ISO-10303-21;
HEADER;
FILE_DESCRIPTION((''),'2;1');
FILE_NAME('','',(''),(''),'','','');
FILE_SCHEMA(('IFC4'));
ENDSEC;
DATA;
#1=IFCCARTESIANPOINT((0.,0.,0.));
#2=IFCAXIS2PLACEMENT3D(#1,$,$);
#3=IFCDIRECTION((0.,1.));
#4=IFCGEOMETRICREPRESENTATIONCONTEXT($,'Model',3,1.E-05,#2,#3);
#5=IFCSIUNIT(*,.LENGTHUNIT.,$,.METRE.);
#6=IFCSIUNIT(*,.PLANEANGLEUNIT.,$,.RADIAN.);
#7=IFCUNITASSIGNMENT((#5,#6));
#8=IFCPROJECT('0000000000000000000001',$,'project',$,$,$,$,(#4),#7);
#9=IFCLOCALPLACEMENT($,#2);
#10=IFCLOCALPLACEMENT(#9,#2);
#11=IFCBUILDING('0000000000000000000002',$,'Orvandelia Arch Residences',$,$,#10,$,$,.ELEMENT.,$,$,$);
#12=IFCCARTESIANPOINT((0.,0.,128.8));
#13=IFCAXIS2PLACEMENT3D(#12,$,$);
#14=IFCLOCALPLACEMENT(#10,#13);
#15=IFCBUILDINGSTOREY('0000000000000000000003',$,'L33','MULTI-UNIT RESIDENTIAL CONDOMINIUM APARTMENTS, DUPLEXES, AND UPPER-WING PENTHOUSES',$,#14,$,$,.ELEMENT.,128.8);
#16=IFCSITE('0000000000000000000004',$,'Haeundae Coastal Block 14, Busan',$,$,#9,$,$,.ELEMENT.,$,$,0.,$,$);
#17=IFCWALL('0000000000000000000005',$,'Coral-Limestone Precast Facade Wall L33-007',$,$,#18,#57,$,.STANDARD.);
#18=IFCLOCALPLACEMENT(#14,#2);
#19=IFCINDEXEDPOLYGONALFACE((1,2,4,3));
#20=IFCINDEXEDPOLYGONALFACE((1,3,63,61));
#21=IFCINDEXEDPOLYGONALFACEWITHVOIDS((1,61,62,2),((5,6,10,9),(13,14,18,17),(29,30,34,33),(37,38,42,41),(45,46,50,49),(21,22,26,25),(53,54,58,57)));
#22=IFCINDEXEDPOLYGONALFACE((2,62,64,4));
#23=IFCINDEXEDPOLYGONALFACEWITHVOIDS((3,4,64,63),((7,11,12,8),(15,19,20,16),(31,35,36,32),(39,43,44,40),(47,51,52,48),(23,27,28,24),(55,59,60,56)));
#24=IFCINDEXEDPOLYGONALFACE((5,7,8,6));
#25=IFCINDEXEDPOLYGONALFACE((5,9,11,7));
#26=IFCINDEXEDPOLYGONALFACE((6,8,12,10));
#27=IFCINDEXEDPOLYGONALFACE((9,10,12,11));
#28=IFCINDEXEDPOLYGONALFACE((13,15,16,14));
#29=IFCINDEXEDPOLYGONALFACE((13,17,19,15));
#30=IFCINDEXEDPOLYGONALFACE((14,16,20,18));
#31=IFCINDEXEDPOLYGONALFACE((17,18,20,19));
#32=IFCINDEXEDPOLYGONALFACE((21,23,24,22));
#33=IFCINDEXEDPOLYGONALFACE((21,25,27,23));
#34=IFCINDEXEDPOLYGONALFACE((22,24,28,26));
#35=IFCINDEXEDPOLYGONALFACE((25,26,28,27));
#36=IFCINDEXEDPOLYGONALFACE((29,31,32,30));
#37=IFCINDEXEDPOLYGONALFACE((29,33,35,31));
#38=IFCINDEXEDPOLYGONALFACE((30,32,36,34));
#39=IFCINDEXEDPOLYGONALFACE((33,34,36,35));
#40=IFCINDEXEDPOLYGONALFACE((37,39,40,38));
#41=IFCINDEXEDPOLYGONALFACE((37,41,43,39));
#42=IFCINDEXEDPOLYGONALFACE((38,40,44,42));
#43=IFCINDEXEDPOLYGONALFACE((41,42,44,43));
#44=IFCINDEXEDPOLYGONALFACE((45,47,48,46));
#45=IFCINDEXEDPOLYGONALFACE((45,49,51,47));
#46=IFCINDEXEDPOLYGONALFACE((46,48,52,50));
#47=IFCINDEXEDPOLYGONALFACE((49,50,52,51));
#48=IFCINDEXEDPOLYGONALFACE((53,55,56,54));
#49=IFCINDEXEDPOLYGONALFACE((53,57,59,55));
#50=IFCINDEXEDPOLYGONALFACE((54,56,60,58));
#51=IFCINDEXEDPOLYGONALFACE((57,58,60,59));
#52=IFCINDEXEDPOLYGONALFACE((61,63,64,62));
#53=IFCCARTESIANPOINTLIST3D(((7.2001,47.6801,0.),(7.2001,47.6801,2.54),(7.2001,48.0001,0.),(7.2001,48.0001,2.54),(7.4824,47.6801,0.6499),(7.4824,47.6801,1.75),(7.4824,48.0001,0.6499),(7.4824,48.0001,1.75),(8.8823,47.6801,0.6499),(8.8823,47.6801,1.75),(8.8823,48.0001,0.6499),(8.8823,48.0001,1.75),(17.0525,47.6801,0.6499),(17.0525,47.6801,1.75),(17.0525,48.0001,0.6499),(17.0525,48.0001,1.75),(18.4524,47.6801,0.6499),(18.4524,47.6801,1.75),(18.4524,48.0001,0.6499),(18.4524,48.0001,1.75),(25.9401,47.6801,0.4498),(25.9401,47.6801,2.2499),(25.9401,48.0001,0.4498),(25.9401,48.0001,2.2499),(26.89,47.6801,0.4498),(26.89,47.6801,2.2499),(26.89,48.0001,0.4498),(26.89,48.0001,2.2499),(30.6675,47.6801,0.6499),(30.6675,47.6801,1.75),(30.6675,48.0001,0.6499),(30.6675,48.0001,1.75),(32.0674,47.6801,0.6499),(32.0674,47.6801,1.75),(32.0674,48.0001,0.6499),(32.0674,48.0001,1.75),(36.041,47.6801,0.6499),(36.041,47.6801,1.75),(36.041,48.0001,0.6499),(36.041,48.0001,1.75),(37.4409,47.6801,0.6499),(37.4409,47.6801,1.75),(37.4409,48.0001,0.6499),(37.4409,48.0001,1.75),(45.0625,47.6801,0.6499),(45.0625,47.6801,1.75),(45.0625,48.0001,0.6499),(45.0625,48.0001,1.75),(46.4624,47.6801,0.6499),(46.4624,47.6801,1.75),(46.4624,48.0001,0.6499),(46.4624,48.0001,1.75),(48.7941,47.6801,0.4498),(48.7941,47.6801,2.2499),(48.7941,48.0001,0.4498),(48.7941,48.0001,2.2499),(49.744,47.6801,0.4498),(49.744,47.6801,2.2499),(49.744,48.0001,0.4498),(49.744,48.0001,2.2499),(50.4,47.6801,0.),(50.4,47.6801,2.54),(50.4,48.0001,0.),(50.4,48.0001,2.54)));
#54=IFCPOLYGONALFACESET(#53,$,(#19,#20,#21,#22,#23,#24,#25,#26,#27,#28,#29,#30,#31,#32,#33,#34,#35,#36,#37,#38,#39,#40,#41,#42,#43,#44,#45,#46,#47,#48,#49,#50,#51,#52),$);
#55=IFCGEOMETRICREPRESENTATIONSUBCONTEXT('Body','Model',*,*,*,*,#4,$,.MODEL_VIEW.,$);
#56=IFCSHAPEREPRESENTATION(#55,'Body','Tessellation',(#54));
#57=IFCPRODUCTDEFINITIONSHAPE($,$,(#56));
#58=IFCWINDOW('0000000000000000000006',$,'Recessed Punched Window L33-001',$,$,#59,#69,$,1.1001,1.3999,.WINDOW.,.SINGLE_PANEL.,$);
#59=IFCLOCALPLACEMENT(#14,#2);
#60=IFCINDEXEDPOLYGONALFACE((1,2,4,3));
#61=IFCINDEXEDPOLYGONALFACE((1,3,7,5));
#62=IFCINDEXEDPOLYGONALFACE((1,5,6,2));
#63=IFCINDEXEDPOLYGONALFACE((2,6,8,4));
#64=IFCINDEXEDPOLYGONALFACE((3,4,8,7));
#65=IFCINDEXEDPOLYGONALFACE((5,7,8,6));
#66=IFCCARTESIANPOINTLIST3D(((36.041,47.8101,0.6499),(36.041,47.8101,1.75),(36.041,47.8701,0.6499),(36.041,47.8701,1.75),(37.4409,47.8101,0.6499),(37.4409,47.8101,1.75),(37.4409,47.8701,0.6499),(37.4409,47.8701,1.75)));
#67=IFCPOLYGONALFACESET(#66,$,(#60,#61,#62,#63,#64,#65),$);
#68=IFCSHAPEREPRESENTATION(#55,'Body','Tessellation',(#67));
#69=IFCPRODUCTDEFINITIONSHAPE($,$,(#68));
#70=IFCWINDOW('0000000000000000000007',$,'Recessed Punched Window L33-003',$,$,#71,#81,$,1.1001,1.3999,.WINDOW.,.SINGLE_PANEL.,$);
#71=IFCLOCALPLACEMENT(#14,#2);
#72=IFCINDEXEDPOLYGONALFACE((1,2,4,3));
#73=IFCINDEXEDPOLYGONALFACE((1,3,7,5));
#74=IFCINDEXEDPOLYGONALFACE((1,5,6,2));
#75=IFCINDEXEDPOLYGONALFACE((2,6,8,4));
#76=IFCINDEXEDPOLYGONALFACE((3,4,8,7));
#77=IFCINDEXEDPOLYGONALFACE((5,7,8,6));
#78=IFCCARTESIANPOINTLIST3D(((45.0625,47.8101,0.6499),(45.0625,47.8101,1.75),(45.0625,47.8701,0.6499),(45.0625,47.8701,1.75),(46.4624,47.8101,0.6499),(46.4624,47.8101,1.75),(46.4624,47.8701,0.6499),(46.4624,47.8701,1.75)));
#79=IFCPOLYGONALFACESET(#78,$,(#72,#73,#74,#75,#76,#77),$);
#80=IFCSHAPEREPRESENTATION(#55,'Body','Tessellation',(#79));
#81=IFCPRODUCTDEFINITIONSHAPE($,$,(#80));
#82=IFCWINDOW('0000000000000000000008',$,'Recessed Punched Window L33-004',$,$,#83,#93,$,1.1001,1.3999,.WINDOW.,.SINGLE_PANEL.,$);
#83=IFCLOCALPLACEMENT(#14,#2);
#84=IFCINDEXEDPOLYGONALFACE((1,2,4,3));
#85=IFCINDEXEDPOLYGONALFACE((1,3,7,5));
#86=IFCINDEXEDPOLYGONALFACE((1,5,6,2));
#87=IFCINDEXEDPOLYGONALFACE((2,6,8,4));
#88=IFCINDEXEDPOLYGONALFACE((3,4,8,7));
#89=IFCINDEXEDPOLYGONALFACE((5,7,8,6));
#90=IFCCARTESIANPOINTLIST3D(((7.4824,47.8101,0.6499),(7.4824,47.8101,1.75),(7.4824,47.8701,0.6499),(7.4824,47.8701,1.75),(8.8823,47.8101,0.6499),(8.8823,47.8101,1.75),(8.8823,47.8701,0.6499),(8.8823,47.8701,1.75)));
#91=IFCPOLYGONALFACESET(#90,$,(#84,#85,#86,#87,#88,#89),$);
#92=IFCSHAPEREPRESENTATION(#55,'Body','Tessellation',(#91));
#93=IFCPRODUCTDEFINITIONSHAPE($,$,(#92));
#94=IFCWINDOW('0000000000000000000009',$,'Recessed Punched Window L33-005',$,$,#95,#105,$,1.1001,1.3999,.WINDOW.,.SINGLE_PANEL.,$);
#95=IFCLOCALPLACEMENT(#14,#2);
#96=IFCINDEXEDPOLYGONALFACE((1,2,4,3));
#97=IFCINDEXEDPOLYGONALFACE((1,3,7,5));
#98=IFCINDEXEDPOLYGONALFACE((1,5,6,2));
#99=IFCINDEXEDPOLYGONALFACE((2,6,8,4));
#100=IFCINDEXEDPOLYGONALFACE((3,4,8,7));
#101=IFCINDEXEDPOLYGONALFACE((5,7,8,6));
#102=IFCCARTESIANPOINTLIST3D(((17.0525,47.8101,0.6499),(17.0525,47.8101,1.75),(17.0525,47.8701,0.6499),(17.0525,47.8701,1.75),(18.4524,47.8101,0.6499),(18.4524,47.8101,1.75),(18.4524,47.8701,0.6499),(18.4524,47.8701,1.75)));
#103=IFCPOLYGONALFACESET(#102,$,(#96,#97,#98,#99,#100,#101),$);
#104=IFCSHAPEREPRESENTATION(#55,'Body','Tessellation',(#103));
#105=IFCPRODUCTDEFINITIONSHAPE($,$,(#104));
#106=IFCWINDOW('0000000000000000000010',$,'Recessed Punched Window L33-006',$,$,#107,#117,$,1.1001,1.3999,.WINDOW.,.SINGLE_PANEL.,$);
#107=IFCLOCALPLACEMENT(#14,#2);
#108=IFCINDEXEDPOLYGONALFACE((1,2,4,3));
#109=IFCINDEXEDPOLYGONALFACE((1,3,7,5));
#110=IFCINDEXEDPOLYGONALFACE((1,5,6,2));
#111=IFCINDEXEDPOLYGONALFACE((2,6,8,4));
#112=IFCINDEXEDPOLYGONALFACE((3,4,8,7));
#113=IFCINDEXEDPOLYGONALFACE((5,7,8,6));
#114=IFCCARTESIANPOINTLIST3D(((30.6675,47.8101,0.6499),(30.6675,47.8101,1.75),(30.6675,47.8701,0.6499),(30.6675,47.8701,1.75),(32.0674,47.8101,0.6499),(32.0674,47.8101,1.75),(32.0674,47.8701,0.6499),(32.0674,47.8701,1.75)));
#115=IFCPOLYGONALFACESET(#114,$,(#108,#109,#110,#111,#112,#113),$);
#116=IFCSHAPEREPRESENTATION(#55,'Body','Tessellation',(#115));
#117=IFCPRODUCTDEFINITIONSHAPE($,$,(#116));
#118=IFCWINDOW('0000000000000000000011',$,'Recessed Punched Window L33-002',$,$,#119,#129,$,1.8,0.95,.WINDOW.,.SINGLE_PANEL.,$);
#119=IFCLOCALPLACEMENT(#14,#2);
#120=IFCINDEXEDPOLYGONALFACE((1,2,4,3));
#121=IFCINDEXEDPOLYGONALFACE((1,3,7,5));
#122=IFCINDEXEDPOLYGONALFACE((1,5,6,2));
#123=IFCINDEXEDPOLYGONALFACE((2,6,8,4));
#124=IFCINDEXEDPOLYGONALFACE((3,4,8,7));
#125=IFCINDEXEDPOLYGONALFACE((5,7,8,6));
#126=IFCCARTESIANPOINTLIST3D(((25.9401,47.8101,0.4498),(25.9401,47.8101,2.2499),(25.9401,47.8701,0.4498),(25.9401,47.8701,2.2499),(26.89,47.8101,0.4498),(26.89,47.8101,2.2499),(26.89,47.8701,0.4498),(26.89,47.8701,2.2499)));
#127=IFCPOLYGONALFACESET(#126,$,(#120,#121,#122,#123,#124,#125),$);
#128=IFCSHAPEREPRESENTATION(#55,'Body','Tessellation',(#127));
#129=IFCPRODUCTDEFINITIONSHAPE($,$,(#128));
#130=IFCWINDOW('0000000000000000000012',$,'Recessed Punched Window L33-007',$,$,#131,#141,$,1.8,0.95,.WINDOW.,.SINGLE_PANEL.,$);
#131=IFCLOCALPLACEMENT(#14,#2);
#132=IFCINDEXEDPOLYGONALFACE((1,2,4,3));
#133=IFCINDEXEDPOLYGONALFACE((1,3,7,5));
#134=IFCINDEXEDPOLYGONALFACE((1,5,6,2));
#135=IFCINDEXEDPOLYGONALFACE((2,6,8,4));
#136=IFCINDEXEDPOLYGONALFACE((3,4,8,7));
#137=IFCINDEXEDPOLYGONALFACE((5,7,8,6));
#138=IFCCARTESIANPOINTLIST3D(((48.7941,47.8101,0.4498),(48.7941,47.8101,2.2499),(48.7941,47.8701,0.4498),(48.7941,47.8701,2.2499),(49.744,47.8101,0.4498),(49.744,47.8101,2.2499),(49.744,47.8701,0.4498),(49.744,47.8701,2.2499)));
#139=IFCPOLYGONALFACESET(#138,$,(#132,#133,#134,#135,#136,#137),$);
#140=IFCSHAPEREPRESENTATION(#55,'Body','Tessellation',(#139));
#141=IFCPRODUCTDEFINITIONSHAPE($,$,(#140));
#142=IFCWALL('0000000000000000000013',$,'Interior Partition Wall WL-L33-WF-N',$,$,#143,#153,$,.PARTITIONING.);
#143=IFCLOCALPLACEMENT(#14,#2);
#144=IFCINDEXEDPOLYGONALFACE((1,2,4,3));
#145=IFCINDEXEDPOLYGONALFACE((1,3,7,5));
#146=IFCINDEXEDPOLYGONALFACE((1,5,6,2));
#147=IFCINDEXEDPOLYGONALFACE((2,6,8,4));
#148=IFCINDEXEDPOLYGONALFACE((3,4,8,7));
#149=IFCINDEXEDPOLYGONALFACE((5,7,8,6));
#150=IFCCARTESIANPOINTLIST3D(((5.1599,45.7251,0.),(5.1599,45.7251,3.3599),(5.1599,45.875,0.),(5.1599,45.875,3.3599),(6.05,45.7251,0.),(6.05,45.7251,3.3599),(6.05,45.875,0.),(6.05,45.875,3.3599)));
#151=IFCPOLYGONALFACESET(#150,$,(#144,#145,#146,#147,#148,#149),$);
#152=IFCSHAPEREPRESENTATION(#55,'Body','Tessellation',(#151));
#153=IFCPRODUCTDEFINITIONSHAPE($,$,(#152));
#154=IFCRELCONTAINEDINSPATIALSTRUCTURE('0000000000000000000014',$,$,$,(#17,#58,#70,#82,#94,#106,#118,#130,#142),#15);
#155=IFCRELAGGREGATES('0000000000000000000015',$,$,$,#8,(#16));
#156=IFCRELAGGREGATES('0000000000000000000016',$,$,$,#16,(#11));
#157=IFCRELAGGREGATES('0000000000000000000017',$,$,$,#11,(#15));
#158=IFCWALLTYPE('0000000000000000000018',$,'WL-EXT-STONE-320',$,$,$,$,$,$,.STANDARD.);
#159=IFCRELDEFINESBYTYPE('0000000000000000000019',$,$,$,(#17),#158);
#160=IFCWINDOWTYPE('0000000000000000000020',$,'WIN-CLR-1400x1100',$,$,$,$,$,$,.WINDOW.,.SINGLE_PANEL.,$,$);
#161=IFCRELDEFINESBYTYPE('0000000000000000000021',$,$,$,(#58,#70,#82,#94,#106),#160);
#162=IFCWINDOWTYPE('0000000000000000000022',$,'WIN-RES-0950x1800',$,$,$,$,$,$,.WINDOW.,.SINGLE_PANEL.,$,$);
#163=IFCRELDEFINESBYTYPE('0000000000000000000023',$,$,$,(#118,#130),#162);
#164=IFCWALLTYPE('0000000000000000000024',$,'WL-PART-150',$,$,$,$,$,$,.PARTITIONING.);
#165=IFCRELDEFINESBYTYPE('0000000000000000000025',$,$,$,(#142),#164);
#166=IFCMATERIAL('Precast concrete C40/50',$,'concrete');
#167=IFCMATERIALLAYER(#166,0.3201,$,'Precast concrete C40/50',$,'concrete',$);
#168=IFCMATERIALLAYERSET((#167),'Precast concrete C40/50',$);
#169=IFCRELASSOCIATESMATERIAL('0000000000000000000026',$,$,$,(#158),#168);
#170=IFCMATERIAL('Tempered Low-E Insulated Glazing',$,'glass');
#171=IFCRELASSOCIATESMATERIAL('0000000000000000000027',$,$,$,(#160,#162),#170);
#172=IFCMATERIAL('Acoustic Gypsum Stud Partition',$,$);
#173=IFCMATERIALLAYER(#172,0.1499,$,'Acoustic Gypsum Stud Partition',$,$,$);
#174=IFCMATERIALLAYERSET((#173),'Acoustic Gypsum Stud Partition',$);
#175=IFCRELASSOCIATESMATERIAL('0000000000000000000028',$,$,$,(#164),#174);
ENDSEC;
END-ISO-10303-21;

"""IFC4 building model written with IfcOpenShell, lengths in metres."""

from ifc_helpers import new_model, si_unit, direction, frame, frame_2d, origin, place, context, subcontext, project, spatial, rectangle, extrude, material, layer, layer_set, type_object, element, fill, save


model = new_model("IFC4")

# Units and contexts
model_context = context("Model", 3, precision=1e-05, world=origin(), true_north=direction((0.0, 1.0)))
body_context = subcontext(model_context, "Body", "Model", "MODEL_VIEW")
ifc_project = project(units=[si_unit("LENGTHUNIT", "METRE"), si_unit("PLANEANGLEUNIT", "RADIAN")], contexts=[model_context])

# Site, building, storey
site_placement = place(None, origin())
site = spatial("IfcSite", under=ifc_project, at=site_placement, Name="Haeundae Coastal Block 14, Busan", CompositionType="ELEMENT", RefElevation=0.0)
building_placement = place(site_placement, origin())
building = spatial("IfcBuilding", under=site, at=building_placement, Name="Orvandelia Arch Residences", CompositionType="ELEMENT")
storey_placement = place(building_placement, frame((0.0, 0.0, 128.8)))
storey = spatial("IfcBuildingStorey", under=building, at=storey_placement, Name="L33", Description="MULTI-UNIT RESIDENTIAL CONDOMINIUM APARTMENTS, DUPLEXES, AND UPPER-WING PENTHOUSES", CompositionType="ELEMENT", Elevation=128.8)

# Shared definitions
ifc_material_1 = material(Name="Precast concrete C40/50", Category="concrete")
ifc_layer_1 = layer(ifc_material_1, 0.3201, Name="Precast concrete C40/50", Category="concrete")
ifc_layer_set_1 = layer_set([ifc_layer_1], Name="Precast concrete C40/50")
wall_type_1 = type_object("IfcWallType", Name="WL-EXT-STONE-320", PredefinedType="STANDARD", material=ifc_layer_set_1)

# Wall, openings, windows
wall_1_placement = place(storey_placement, frame((7.2, 47.8401, 0.0), z_axis=(0.0, 0.0, 1.0), x_axis=(1.0, 0.0, 0.0)))
wall_1 = element("IfcWall", 1, at=wall_1_placement, inside=storey, type_object=wall_type_1, Name="Coral-Limestone Precast Facade Wall L33-007", PredefinedType="STANDARD", context=body_context, shape_type="SweptSolid", body=[
    extrude(rectangle(XDim=43.2, YDim=0.3201, at=frame_2d((21.6001, 0.0))), origin(), (0.0, 0.0, 1.0), 2.54),
])
opening_1_placement = place(wall_1_placement, frame((28.8411, 0.0, 0.6499)))
opening_1 = element("IfcOpeningElement", 2, at=opening_1_placement, cuts=wall_1, PredefinedType="OPENING", context=body_context, shape_type="SweptSolid", body=[
    extrude(rectangle(XDim=1.3999, YDim=1.1001, at=frame_2d((0.7, 0.55))), frame((0.0, 0.1699, 0.0), z_axis=(0.0, -1.0, 0.0), x_axis=(1.0, 0.0, 0.0)), (0.0, 0.0, 1.0), 0.3401),
])
opening_2_placement = place(wall_1_placement, frame((18.74, 0.0, 0.45)))
opening_2 = element("IfcOpeningElement", 3, at=opening_2_placement, cuts=wall_1, PredefinedType="OPENING", context=body_context, shape_type="SweptSolid", body=[
    extrude(rectangle(XDim=0.95, YDim=1.8, at=frame_2d((0.4751, 0.8999))), frame((0.0, 0.1699, 0.0), z_axis=(0.0, -1.0, 0.0), x_axis=(1.0, 0.0, 0.0)), (0.0, 0.0, 1.0), 0.3401),
])
opening_3_placement = place(wall_1_placement, frame((37.8625, 0.0, 0.6499)))
opening_3 = element("IfcOpeningElement", 4, at=opening_3_placement, cuts=wall_1, PredefinedType="OPENING", context=body_context, shape_type="SweptSolid", body=[
    extrude(rectangle(XDim=1.3999, YDim=1.1001, at=frame_2d((0.7, 0.55))), frame((0.0, 0.1699, 0.0), z_axis=(0.0, -1.0, 0.0), x_axis=(1.0, 0.0, 0.0)), (0.0, 0.0, 1.0), 0.3401),
])
opening_4_placement = place(wall_1_placement, frame((0.2825, 0.0, 0.6499)))
opening_4 = element("IfcOpeningElement", 5, at=opening_4_placement, cuts=wall_1, PredefinedType="OPENING", context=body_context, shape_type="SweptSolid", body=[
    extrude(rectangle(XDim=1.3999, YDim=1.1001, at=frame_2d((0.7, 0.55))), frame((0.0, 0.1699, 0.0), z_axis=(0.0, -1.0, 0.0), x_axis=(1.0, 0.0, 0.0)), (0.0, 0.0, 1.0), 0.3401),
])
opening_5_placement = place(wall_1_placement, frame((9.8525, 0.0, 0.6499)))
opening_5 = element("IfcOpeningElement", 6, at=opening_5_placement, cuts=wall_1, PredefinedType="OPENING", context=body_context, shape_type="SweptSolid", body=[
    extrude(rectangle(XDim=1.3999, YDim=1.1001, at=frame_2d((0.7, 0.55))), frame((0.0, 0.1699, 0.0), z_axis=(0.0, -1.0, 0.0), x_axis=(1.0, 0.0, 0.0)), (0.0, 0.0, 1.0), 0.3401),
])
opening_6_placement = place(wall_1_placement, frame((23.4675, 0.0, 0.6499)))
opening_6 = element("IfcOpeningElement", 7, at=opening_6_placement, cuts=wall_1, PredefinedType="OPENING", context=body_context, shape_type="SweptSolid", body=[
    extrude(rectangle(XDim=1.3999, YDim=1.1001, at=frame_2d((0.7, 0.55))), frame((0.0, 0.1699, 0.0), z_axis=(0.0, -1.0, 0.0), x_axis=(1.0, 0.0, 0.0)), (0.0, 0.0, 1.0), 0.3401),
])
opening_7_placement = place(wall_1_placement, frame((41.594, 0.0, 0.45)))
opening_7 = element("IfcOpeningElement", 8, at=opening_7_placement, cuts=wall_1, PredefinedType="OPENING", context=body_context, shape_type="SweptSolid", body=[
    extrude(rectangle(XDim=0.95, YDim=1.8, at=frame_2d((0.4751, 0.8999))), frame((0.0, 0.1699, 0.0), z_axis=(0.0, -1.0, 0.0), x_axis=(1.0, 0.0, 0.0)), (0.0, 0.0, 1.0), 0.3401),
])
ifc_material_2 = material(Name="Tempered Low-E Insulated Glazing", Category="glass")
window_type_1 = type_object("IfcWindowType", Name="WIN-CLR-1400x1100", PartitioningType="SINGLE_PANEL", PredefinedType="WINDOW", material=ifc_material_2)
window_1_placement = place(opening_1_placement, origin())
window_1 = element("IfcWindow", 9, at=window_1_placement, inside=storey, type_object=window_type_1, Name="Recessed Punched Window L33-001", OverallHeight=1.1001, OverallWidth=1.3999, PartitioningType="SINGLE_PANEL", PredefinedType="WINDOW", context=body_context, shape_type="SweptSolid", body=[
    extrude(rectangle(XDim=1.3999, YDim=1.1001, at=frame_2d((0.7, 0.55))), frame((0.0, 0.03, 0.0), z_axis=(0.0, -1.0, 0.0), x_axis=(1.0, 0.0, 0.0)), (0.0, 0.0, 1.0), 0.0601),
])
fill(opening_1, window_1)
window_2_placement = place(opening_3_placement, origin())
window_2 = element("IfcWindow", 10, at=window_2_placement, inside=storey, type_object=window_type_1, Name="Recessed Punched Window L33-003", OverallHeight=1.1001, OverallWidth=1.3999, PartitioningType="SINGLE_PANEL", PredefinedType="WINDOW", context=body_context, shape_type="SweptSolid", body=[
    extrude(rectangle(XDim=1.3999, YDim=1.1001, at=frame_2d((0.7, 0.55))), frame((0.0, 0.03, 0.0), z_axis=(0.0, -1.0, 0.0), x_axis=(1.0, 0.0, 0.0)), (0.0, 0.0, 1.0), 0.0601),
])
fill(opening_3, window_2)
window_3_placement = place(opening_4_placement, origin())
window_3 = element("IfcWindow", 11, at=window_3_placement, inside=storey, type_object=window_type_1, Name="Recessed Punched Window L33-004", OverallHeight=1.1001, OverallWidth=1.3999, PartitioningType="SINGLE_PANEL", PredefinedType="WINDOW", context=body_context, shape_type="SweptSolid", body=[
    extrude(rectangle(XDim=1.3999, YDim=1.1001, at=frame_2d((0.7, 0.55))), frame((0.0, 0.03, 0.0), z_axis=(0.0, -1.0, 0.0), x_axis=(1.0, 0.0, 0.0)), (0.0, 0.0, 1.0), 0.0601),
])
fill(opening_4, window_3)
window_4_placement = place(opening_5_placement, origin())
window_4 = element("IfcWindow", 12, at=window_4_placement, inside=storey, type_object=window_type_1, Name="Recessed Punched Window L33-005", OverallHeight=1.1001, OverallWidth=1.3999, PartitioningType="SINGLE_PANEL", PredefinedType="WINDOW", context=body_context, shape_type="SweptSolid", body=[
    extrude(rectangle(XDim=1.3999, YDim=1.1001, at=frame_2d((0.7, 0.55))), frame((0.0, 0.03, 0.0), z_axis=(0.0, -1.0, 0.0), x_axis=(1.0, 0.0, 0.0)), (0.0, 0.0, 1.0), 0.0601),
])
fill(opening_5, window_4)
window_5_placement = place(opening_6_placement, origin())
window_5 = element("IfcWindow", 13, at=window_5_placement, inside=storey, type_object=window_type_1, Name="Recessed Punched Window L33-006", OverallHeight=1.1001, OverallWidth=1.3999, PartitioningType="SINGLE_PANEL", PredefinedType="WINDOW", context=body_context, shape_type="SweptSolid", body=[
    extrude(rectangle(XDim=1.3999, YDim=1.1001, at=frame_2d((0.7, 0.55))), frame((0.0, 0.03, 0.0), z_axis=(0.0, -1.0, 0.0), x_axis=(1.0, 0.0, 0.0)), (0.0, 0.0, 1.0), 0.0601),
])
fill(opening_6, window_5)
window_type_2 = type_object("IfcWindowType", Name="WIN-RES-0950x1800", PartitioningType="SINGLE_PANEL", PredefinedType="WINDOW", material=ifc_material_2)
window_6_placement = place(opening_2_placement, origin())
window_6 = element("IfcWindow", 14, at=window_6_placement, inside=storey, type_object=window_type_2, Name="Recessed Punched Window L33-002", OverallHeight=1.8, OverallWidth=0.95, PartitioningType="SINGLE_PANEL", PredefinedType="WINDOW", context=body_context, shape_type="SweptSolid", body=[
    extrude(rectangle(XDim=0.95, YDim=1.8, at=frame_2d((0.4751, 0.8999))), frame((0.0, 0.03, 0.0), z_axis=(0.0, -1.0, 0.0), x_axis=(1.0, 0.0, 0.0)), (0.0, 0.0, 1.0), 0.0601),
])
fill(opening_2, window_6)
window_7_placement = place(opening_7_placement, origin())
window_7 = element("IfcWindow", 15, at=window_7_placement, inside=storey, type_object=window_type_2, Name="Recessed Punched Window L33-007", OverallHeight=1.8, OverallWidth=0.95, PartitioningType="SINGLE_PANEL", PredefinedType="WINDOW", context=body_context, shape_type="SweptSolid", body=[
    extrude(rectangle(XDim=0.95, YDim=1.8, at=frame_2d((0.4751, 0.8999))), frame((0.0, 0.03, 0.0), z_axis=(0.0, -1.0, 0.0), x_axis=(1.0, 0.0, 0.0)), (0.0, 0.0, 1.0), 0.0601),
])
fill(opening_7, window_7)

# Wall
ifc_material_3 = material(Name="Acoustic Gypsum Stud Partition")
ifc_layer_2 = layer(ifc_material_3, 0.1499, Name="Acoustic Gypsum Stud Partition")
ifc_layer_set_2 = layer_set([ifc_layer_2], Name="Acoustic Gypsum Stud Partition")
wall_type_2 = type_object("IfcWallType", Name="WL-PART-150", PredefinedType="PARTITIONING", material=ifc_layer_set_2)
wall_2_placement = place(storey_placement, frame((5.1599, 45.8, 0.0), z_axis=(0.0, 0.0, 1.0), x_axis=(1.0, 0.0, 0.0)))
element("IfcWall", 16, at=wall_2_placement, inside=storey, type_object=wall_type_2, Name="Interior Partition Wall WL-L33-WF-N", PredefinedType="PARTITIONING", context=body_context, shape_type="SweptSolid", body=[
    extrude(rectangle(XDim=0.8901, YDim=0.1499, at=frame_2d((0.4451, 0.0))), origin(), (0.0, 0.0, 1.0), 3.3599),
])

save(model, "model.ifc")
